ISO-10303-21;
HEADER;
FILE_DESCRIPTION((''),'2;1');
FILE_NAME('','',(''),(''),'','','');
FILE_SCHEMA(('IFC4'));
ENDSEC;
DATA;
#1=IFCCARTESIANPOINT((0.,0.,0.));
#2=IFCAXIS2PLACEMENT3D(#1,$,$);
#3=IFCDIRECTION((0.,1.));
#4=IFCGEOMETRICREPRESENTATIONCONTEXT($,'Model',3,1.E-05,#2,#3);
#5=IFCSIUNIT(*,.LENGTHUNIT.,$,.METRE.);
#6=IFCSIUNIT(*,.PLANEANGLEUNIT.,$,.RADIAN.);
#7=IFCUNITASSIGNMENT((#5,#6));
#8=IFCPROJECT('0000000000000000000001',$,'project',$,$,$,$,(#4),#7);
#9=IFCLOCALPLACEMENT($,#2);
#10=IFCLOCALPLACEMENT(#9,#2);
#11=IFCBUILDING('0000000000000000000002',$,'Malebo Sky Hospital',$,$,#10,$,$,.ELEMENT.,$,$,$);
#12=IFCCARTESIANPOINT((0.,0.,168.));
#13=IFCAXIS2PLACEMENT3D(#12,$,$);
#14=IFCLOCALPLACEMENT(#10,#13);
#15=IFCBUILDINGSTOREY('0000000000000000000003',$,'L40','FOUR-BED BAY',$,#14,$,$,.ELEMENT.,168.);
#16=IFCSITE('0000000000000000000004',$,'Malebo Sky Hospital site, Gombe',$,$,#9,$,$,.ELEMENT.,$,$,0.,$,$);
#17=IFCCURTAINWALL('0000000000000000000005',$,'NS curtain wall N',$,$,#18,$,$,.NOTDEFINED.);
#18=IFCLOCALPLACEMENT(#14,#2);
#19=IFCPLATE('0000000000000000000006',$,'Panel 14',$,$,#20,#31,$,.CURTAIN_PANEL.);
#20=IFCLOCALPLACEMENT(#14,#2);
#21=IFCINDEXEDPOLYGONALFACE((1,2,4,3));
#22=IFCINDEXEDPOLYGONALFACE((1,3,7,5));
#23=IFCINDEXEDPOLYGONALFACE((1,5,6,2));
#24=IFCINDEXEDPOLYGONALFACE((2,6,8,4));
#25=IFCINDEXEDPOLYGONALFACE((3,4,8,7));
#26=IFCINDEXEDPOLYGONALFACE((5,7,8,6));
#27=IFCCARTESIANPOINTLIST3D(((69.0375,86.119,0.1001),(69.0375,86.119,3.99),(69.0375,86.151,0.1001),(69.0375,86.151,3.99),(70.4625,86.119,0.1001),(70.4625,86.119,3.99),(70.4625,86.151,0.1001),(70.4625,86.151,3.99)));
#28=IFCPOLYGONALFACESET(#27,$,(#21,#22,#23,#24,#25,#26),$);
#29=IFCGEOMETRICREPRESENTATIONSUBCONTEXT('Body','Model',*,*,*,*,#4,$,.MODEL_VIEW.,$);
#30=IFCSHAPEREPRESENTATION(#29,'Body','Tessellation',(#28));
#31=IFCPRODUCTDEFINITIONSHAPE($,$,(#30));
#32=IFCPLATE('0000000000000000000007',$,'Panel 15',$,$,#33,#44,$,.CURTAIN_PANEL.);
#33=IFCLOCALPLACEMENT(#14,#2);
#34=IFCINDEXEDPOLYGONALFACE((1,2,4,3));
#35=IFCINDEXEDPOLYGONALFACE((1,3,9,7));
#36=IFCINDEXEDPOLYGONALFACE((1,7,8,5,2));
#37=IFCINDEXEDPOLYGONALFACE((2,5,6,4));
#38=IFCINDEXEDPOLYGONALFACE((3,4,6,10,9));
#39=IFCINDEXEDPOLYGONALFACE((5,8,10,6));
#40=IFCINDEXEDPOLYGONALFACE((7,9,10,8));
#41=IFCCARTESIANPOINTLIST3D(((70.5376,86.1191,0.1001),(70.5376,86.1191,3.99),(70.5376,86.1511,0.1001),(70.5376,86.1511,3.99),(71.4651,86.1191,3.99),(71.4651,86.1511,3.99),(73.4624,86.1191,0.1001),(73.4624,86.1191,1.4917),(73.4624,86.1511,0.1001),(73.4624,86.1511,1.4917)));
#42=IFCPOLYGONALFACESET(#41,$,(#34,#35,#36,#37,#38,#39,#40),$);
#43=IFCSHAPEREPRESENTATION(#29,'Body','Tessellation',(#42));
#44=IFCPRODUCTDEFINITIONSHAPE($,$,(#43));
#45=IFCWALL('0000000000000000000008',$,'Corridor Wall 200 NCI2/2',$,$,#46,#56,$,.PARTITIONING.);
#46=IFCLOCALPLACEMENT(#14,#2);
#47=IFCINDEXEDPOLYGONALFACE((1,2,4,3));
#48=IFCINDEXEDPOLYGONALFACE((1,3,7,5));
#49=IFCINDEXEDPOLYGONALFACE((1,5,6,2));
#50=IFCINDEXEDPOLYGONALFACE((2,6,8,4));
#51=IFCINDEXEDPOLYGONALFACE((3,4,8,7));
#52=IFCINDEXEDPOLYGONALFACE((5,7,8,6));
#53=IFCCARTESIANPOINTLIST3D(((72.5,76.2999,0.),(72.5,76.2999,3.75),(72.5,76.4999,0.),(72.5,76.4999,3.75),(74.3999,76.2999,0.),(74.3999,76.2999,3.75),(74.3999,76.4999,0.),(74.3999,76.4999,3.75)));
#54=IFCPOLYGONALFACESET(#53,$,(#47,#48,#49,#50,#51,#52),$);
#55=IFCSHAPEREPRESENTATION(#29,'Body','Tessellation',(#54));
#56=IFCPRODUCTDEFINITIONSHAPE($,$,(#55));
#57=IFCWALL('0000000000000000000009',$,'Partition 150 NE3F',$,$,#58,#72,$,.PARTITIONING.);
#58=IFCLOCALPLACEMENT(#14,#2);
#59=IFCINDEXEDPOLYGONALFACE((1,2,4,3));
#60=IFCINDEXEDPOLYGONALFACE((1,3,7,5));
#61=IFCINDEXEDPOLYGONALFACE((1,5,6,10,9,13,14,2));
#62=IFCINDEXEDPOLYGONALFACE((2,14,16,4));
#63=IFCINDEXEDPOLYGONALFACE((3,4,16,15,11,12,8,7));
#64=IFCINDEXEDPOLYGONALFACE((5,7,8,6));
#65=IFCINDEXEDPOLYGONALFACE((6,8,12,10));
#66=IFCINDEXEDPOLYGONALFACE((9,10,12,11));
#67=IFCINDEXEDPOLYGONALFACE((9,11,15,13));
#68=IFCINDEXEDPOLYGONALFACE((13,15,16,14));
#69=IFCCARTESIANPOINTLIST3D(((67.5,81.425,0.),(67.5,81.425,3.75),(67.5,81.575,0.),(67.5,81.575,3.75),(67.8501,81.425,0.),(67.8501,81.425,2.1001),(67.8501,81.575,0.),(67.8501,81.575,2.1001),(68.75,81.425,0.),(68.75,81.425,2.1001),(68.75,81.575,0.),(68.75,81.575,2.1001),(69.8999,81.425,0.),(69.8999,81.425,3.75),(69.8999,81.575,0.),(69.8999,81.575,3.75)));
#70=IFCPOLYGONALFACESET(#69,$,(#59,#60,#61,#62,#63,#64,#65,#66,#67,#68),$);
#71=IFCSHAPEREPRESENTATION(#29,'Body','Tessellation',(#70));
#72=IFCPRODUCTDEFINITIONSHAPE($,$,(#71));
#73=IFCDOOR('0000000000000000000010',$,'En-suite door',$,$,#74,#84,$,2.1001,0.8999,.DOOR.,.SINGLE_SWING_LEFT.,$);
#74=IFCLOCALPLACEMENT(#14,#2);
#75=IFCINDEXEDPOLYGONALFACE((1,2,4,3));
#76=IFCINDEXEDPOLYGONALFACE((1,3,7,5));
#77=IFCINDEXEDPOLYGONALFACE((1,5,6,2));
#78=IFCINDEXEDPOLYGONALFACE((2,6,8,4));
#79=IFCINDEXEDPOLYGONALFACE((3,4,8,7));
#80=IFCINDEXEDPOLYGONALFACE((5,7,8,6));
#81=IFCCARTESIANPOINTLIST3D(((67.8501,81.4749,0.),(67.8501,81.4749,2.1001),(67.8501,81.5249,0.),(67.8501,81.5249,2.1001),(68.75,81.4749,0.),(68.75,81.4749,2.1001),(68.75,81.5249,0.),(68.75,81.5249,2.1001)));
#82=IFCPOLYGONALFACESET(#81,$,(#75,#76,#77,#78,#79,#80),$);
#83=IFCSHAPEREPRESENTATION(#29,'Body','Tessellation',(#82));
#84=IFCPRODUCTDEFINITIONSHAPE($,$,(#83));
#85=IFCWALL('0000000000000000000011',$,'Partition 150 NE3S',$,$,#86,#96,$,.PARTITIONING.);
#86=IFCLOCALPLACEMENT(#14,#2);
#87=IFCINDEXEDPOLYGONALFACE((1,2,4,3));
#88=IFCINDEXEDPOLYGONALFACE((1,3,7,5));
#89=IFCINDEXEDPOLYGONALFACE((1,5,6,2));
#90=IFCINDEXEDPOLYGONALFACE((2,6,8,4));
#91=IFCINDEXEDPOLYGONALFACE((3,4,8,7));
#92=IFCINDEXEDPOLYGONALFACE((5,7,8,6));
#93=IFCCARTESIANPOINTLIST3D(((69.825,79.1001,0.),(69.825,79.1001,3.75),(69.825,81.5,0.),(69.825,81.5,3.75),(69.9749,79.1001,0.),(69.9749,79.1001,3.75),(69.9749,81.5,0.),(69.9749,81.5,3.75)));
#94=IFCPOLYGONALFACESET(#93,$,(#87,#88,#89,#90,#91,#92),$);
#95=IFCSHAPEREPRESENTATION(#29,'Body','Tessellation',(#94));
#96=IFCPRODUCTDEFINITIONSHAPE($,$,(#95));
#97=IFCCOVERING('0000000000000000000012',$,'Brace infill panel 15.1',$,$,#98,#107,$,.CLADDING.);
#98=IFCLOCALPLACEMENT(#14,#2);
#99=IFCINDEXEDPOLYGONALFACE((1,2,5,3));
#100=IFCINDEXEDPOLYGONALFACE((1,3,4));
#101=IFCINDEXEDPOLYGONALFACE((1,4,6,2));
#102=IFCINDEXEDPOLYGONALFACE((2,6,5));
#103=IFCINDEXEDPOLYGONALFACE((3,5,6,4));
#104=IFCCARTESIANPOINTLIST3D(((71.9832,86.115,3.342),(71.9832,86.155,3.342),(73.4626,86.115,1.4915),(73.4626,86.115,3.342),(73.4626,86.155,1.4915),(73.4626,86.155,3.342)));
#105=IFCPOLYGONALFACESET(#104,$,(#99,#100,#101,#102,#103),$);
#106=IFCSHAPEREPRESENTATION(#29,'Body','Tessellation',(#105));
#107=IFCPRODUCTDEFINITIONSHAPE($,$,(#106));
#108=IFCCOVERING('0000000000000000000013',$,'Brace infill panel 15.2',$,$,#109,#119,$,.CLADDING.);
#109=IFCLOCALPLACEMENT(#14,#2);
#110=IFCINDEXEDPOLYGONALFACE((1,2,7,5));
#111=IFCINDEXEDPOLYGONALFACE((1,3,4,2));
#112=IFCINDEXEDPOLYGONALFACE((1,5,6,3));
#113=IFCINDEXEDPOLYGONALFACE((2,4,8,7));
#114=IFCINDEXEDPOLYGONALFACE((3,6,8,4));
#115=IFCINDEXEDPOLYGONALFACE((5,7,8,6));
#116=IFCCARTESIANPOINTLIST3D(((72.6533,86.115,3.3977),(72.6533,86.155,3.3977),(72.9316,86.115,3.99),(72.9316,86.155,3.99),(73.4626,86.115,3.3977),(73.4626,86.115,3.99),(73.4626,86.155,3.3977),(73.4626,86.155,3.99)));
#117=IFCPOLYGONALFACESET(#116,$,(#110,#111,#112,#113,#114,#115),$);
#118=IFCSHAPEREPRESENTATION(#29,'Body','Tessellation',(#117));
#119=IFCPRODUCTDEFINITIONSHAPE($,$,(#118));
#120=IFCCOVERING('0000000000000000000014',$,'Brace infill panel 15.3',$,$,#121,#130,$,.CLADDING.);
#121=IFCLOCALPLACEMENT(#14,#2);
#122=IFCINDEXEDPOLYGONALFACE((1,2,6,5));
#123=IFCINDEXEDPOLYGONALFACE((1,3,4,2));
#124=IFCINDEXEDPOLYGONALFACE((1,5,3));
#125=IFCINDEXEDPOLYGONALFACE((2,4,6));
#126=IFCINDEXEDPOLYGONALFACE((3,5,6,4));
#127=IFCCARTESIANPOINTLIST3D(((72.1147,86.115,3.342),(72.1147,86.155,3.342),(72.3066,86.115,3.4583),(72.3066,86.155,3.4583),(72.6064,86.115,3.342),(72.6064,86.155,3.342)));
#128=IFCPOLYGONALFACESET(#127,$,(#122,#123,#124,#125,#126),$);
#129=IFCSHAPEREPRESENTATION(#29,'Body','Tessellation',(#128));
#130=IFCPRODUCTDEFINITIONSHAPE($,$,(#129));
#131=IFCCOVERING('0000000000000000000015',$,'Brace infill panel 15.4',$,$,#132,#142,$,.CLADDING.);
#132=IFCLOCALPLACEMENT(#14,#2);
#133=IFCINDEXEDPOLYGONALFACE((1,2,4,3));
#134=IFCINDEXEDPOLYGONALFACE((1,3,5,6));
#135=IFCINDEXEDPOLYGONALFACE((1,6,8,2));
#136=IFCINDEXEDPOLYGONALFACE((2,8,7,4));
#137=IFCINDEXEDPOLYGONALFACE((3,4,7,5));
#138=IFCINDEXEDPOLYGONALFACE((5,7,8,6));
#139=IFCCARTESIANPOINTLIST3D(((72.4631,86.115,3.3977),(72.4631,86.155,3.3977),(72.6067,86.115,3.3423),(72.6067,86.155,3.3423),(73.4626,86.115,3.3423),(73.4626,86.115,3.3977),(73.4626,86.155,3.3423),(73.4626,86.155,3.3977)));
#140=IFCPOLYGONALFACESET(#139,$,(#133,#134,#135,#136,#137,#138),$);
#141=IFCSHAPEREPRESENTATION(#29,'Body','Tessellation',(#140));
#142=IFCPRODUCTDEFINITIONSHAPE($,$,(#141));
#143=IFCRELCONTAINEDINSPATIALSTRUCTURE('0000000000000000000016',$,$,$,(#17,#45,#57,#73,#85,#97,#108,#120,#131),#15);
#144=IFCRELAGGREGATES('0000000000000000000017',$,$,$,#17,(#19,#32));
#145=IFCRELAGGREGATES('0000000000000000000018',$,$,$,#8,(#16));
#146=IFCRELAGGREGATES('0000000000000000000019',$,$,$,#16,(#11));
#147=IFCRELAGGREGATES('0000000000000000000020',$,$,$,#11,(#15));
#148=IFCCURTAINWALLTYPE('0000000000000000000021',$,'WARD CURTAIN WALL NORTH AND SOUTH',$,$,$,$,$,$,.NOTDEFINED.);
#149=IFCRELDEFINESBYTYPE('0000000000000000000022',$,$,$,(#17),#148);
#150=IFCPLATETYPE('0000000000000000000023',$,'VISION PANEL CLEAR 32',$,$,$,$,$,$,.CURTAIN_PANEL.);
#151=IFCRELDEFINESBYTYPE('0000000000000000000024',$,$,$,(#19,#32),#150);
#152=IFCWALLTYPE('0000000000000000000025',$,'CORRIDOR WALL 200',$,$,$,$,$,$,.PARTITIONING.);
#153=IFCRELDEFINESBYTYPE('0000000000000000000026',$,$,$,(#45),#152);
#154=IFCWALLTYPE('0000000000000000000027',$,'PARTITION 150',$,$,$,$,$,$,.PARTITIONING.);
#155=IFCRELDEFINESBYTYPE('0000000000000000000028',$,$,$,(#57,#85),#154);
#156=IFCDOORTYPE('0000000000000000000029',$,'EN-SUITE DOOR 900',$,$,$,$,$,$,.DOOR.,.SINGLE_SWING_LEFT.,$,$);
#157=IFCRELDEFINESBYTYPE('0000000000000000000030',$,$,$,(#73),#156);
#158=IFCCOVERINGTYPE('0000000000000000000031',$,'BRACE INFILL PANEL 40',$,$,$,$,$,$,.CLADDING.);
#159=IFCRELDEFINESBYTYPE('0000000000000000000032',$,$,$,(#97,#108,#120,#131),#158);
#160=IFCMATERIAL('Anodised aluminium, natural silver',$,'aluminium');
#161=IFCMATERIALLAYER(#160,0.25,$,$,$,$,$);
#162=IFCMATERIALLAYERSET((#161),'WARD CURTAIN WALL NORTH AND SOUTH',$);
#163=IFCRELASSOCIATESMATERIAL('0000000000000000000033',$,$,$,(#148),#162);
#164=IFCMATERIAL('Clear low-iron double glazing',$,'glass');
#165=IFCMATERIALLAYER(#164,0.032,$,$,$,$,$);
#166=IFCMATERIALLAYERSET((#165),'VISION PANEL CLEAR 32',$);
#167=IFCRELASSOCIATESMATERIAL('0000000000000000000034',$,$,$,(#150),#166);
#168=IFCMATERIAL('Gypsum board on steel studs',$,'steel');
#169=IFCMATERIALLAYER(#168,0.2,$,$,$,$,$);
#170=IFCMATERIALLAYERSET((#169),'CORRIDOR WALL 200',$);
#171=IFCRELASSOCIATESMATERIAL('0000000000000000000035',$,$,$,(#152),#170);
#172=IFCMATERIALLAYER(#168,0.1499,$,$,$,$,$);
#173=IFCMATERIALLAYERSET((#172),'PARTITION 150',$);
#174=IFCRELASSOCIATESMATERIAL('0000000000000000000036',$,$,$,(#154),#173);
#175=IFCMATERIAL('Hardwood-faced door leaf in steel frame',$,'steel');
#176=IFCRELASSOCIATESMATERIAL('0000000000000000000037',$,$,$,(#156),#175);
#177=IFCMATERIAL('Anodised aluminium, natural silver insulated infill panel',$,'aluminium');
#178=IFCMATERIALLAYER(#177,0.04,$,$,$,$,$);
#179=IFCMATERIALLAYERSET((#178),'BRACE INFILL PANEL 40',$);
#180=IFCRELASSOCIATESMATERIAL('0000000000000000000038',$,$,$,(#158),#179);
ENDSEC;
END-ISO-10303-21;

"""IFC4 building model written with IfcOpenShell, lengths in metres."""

from ifc_helpers import new_model, si_unit, direction, frame, frame_2d, origin, origin_2d, place, context, subcontext, project, spatial, polyline, rectangle, outline, extrude, material, layer, layer_set, type_object, element, fill, aggregate, save


model = new_model("IFC4")

# Units and contexts
model_context = context("Model", 3, precision=1e-05, world=origin(), true_north=direction((0.0, 1.0)))
body_context = subcontext(model_context, "Body", "Model", "MODEL_VIEW")
ifc_project = project(units=[si_unit("LENGTHUNIT", "METRE"), si_unit("PLANEANGLEUNIT", "RADIAN")], contexts=[model_context])

# Site, building, storey
site_placement = place(None, origin())
site = spatial("IfcSite", under=ifc_project, at=site_placement, Name="Malebo Sky Hospital site, Gombe", CompositionType="ELEMENT", RefElevation=0.0)
building_placement = place(site_placement, origin())
building = spatial("IfcBuilding", under=site, at=building_placement, Name="Malebo Sky Hospital", CompositionType="ELEMENT")
storey_placement = place(building_placement, frame((0.0, 0.0, 168.0)))
storey = spatial("IfcBuildingStorey", under=building, at=storey_placement, Name="L40", Description="FOUR-BED BAY", CompositionType="ELEMENT", Elevation=168.0)

# Curtain wall
ifc_material_1 = material(Name="Anodised aluminium, natural silver", Category="aluminium")
ifc_layer_1 = layer(ifc_material_1, 0.25)
ifc_layer_set_1 = layer_set([ifc_layer_1], Name="WARD CURTAIN WALL NORTH AND SOUTH")
curtain_wall_type = type_object("IfcCurtainWallType", Name="WARD CURTAIN WALL NORTH AND SOUTH", PredefinedType="NOTDEFINED", material=ifc_layer_set_1)
curtain_wall_placement = place(storey_placement, origin())
curtain_wall = element("IfcCurtainWall", 1, at=curtain_wall_placement, inside=storey, type_object=curtain_wall_type, Name="NS curtain wall N", PredefinedType="NOTDEFINED")

# Plates
ifc_material_2 = material(Name="Clear low-iron double glazing", Category="glass")
ifc_layer_2 = layer(ifc_material_2, 0.032)
ifc_layer_set_2 = layer_set([ifc_layer_2], Name="VISION PANEL CLEAR 32")
plate_type = type_object("IfcPlateType", Name="VISION PANEL CLEAR 32", PredefinedType="CURTAIN_PANEL", material=ifc_layer_set_2)
plate_1_placement = place(storey_placement, frame((69.75, 86.135, 0.1001), z_axis=(0.0, 0.0, 1.0), x_axis=(1.0, 0.0, 0.0)))
plate_1 = element("IfcPlate", 2, at=plate_1_placement, type_object=plate_type, Name="Panel 14", PredefinedType="CURTAIN_PANEL", context=body_context, shape_type="SweptSolid", body=[
    extrude(rectangle(XDim=1.425, YDim=0.032, at=origin_2d()), origin(), (0.0, 0.0, 1.0), 3.8899),
])
plate_2_placement = place(storey_placement, frame((72.0, 86.135, 0.1001), z_axis=(0.0, 0.0, 1.0), x_axis=(1.0, 0.0, 0.0)))
plate_2 = element("IfcPlate", 3, at=plate_2_placement, type_object=plate_type, Name="Panel 15", PredefinedType="CURTAIN_PANEL", context=body_context, shape_type="SweptSolid", body=[
    extrude(outline(polyline([(-1.4624, 0.0), (1.4624, 0.0), (1.4624, 1.3916), (-0.5349, 3.8899), (-1.4624, 3.8899), (-1.4624, 0.0)])), frame((0.0, 0.0161, 0.0), z_axis=(0.0, -1.0, 0.0), x_axis=(1.0, 0.0, 0.0)), (0.0, 0.0, 1.0), 0.032),
])
aggregate(curtain_wall, [plate_1, plate_2])

# Wall
ifc_material_3 = material(Name="Gypsum board on steel studs", Category="steel")
ifc_layer_3 = layer(ifc_material_3, 0.2)
ifc_layer_set_3 = layer_set([ifc_layer_3], Name="CORRIDOR WALL 200")
wall_type_1 = type_object("IfcWallType", Name="CORRIDOR WALL 200", PredefinedType="PARTITIONING", material=ifc_layer_set_3)
wall_1_placement = place(storey_placement, frame((72.5, 76.3999, 0.0), z_axis=(0.0, 0.0, 1.0), x_axis=(1.0, 0.0, 0.0)))
element("IfcWall", 4, at=wall_1_placement, inside=storey, type_object=wall_type_1, Name="Corridor Wall 200 NCI2/2", PredefinedType="PARTITIONING", context=body_context, shape_type="SweptSolid", body=[
    extrude(rectangle(XDim=1.8999, YDim=0.2, at=frame_2d((0.95, 0.0))), origin(), (0.0, 0.0, 1.0), 3.75),
])

# Wall, opening, door
ifc_layer_4 = layer(ifc_material_3, 0.1499)
ifc_layer_set_4 = layer_set([ifc_layer_4], Name="PARTITION 150")
wall_type_2 = type_object("IfcWallType", Name="PARTITION 150", PredefinedType="PARTITIONING", material=ifc_layer_set_4)
wall_2_placement = place(storey_placement, frame((67.5, 81.5, 0.0), z_axis=(0.0, 0.0, 1.0), x_axis=(1.0, 0.0, 0.0)))
wall_2 = element("IfcWall", 5, at=wall_2_placement, inside=storey, type_object=wall_type_2, Name="Partition 150 NE3F", PredefinedType="PARTITIONING", context=body_context, shape_type="SweptSolid", body=[
    extrude(rectangle(XDim=2.3999, YDim=0.1499, at=frame_2d((1.2, 0.0))), origin(), (0.0, 0.0, 1.0), 3.75),
])
opening_placement = place(wall_2_placement, frame((0.3501, 0.0, 0.0)))
opening = element("IfcOpeningElement", 6, at=opening_placement, cuts=wall_2, PredefinedType="OPENING", context=body_context, shape_type="SweptSolid", body=[
    extrude(rectangle(XDim=0.8999, YDim=2.1001, at=frame_2d((0.45, 1.05))), frame((0.0, 0.085, 0.0), z_axis=(0.0, -1.0, 0.0), x_axis=(1.0, 0.0, 0.0)), (0.0, 0.0, 1.0), 0.1699),
])
ifc_material_4 = material(Name="Hardwood-faced door leaf in steel frame", Category="steel")
door_type = type_object("IfcDoorType", Name="EN-SUITE DOOR 900", OperationType="SINGLE_SWING_LEFT", PredefinedType="DOOR", material=ifc_material_4)
door_placement = place(opening_placement, origin())
door = element("IfcDoor", 7, at=door_placement, inside=storey, type_object=door_type, Name="En-suite door", OperationType="SINGLE_SWING_LEFT", OverallHeight=2.1001, OverallWidth=0.8999, PredefinedType="DOOR", context=body_context, shape_type="SweptSolid", body=[
    extrude(rectangle(XDim=0.8999, YDim=2.1001, at=frame_2d((0.45, 1.05))), frame((0.0, 0.0249, 0.0), z_axis=(0.0, -1.0, 0.0), x_axis=(1.0, 0.0, 0.0)), (0.0, 0.0, 1.0), 0.05),
])
fill(opening, door)

# Wall
wall_3_placement = place(storey_placement, frame((69.8999, 79.1001, 0.0), z_axis=(0.0, 0.0, 1.0), x_axis=(0.0, 1.0, 0.0)))
element("IfcWall", 8, at=wall_3_placement, inside=storey, type_object=wall_type_2, Name="Partition 150 NE3S", PredefinedType="PARTITIONING", context=body_context, shape_type="SweptSolid", body=[
    extrude(rectangle(XDim=2.3999, YDim=0.1499, at=frame_2d((1.2, 0.0))), origin(), (0.0, 0.0, 1.0), 3.75),
])

# Coverings
ifc_material_5 = material(Name="Anodised aluminium, natural silver insulated infill panel", Category="aluminium")
ifc_layer_5 = layer(ifc_material_5, 0.04)
ifc_layer_set_5 = layer_set([ifc_layer_5], Name="BRACE INFILL PANEL 40")
covering_type = type_object("IfcCoveringType", Name="BRACE INFILL PANEL 40", PredefinedType="CLADDING", material=ifc_layer_set_5)
covering_1_placement = place(storey_placement, frame((72.7229, 86.135, 1.4915), z_axis=(0.0, 0.0, 1.0), x_axis=(1.0, 0.0, 0.0)))
element("IfcCovering", 9, at=covering_1_placement, inside=storey, type_object=covering_type, Name="Brace infill panel 15.1", PredefinedType="CLADDING", context=body_context, shape_type="SweptSolid", body=[
    extrude(outline(polyline([(0.7397, 0.0), (0.7397, 1.8506), (-0.7397, 1.8506), (0.7397, 0.0)])), frame((0.0, 0.02, 0.0), z_axis=(0.0, -1.0, 0.0), x_axis=(1.0, 0.0, 0.0)), (0.0, 0.0, 1.0), 0.04),
])
covering_2_placement = place(storey_placement, frame((73.0579, 86.135, 3.3977), z_axis=(0.0, 0.0, 1.0), x_axis=(1.0, 0.0, 0.0)))
element("IfcCovering", 10, at=covering_2_placement, inside=storey, type_object=covering_type, Name="Brace infill panel 15.2", PredefinedType="CLADDING", context=body_context, shape_type="SweptSolid", body=[
    extrude(outline(polyline([(-0.4045, 0.0), (0.4048, 0.0), (0.4048, 0.5923), (-0.1262, 0.5923), (-0.4045, 0.0)])), frame((0.0, 0.02, 0.0), z_axis=(0.0, -1.0, 0.0), x_axis=(1.0, 0.0, 0.0)), (0.0, 0.0, 1.0), 0.04),
])
covering_3_placement = place(storey_placement, frame((72.3606, 86.135, 3.342), z_axis=(0.0, 0.0, 1.0), x_axis=(1.0, 0.0, 0.0)))
element("IfcCovering", 11, at=covering_3_placement, inside=storey, type_object=covering_type, Name="Brace infill panel 15.3", PredefinedType="CLADDING", context=body_context, shape_type="SweptSolid", body=[
    extrude(outline(polyline([(-0.2458, 0.0), (0.2458, 0.0), (-0.054, 0.1162), (-0.2458, 0.0)])), frame((0.0, 0.02, 0.0), z_axis=(0.0, -1.0, 0.0), x_axis=(1.0, 0.0, 0.0)), (0.0, 0.0, 1.0), 0.04),
])
covering_4_placement = place(storey_placement, frame((72.9629, 86.135, 3.3423), z_axis=(0.0, 0.0, 1.0), x_axis=(1.0, 0.0, 0.0)))
element("IfcCovering", 12, at=covering_4_placement, inside=storey, type_object=covering_type, Name="Brace infill panel 15.4", PredefinedType="CLADDING", context=body_context, shape_type="SweptSolid", body=[
    extrude(outline(polyline([(-0.3562, 0.0), (0.4998, 0.0), (0.4998, 0.0554), (-0.4998, 0.0554), (-0.3562, 0.0)])), frame((0.0, 0.02, 0.0), z_axis=(0.0, -1.0, 0.0), x_axis=(1.0, 0.0, 0.0)), (0.0, 0.0, 1.0), 0.04),
])

save(model, "model.ifc")
